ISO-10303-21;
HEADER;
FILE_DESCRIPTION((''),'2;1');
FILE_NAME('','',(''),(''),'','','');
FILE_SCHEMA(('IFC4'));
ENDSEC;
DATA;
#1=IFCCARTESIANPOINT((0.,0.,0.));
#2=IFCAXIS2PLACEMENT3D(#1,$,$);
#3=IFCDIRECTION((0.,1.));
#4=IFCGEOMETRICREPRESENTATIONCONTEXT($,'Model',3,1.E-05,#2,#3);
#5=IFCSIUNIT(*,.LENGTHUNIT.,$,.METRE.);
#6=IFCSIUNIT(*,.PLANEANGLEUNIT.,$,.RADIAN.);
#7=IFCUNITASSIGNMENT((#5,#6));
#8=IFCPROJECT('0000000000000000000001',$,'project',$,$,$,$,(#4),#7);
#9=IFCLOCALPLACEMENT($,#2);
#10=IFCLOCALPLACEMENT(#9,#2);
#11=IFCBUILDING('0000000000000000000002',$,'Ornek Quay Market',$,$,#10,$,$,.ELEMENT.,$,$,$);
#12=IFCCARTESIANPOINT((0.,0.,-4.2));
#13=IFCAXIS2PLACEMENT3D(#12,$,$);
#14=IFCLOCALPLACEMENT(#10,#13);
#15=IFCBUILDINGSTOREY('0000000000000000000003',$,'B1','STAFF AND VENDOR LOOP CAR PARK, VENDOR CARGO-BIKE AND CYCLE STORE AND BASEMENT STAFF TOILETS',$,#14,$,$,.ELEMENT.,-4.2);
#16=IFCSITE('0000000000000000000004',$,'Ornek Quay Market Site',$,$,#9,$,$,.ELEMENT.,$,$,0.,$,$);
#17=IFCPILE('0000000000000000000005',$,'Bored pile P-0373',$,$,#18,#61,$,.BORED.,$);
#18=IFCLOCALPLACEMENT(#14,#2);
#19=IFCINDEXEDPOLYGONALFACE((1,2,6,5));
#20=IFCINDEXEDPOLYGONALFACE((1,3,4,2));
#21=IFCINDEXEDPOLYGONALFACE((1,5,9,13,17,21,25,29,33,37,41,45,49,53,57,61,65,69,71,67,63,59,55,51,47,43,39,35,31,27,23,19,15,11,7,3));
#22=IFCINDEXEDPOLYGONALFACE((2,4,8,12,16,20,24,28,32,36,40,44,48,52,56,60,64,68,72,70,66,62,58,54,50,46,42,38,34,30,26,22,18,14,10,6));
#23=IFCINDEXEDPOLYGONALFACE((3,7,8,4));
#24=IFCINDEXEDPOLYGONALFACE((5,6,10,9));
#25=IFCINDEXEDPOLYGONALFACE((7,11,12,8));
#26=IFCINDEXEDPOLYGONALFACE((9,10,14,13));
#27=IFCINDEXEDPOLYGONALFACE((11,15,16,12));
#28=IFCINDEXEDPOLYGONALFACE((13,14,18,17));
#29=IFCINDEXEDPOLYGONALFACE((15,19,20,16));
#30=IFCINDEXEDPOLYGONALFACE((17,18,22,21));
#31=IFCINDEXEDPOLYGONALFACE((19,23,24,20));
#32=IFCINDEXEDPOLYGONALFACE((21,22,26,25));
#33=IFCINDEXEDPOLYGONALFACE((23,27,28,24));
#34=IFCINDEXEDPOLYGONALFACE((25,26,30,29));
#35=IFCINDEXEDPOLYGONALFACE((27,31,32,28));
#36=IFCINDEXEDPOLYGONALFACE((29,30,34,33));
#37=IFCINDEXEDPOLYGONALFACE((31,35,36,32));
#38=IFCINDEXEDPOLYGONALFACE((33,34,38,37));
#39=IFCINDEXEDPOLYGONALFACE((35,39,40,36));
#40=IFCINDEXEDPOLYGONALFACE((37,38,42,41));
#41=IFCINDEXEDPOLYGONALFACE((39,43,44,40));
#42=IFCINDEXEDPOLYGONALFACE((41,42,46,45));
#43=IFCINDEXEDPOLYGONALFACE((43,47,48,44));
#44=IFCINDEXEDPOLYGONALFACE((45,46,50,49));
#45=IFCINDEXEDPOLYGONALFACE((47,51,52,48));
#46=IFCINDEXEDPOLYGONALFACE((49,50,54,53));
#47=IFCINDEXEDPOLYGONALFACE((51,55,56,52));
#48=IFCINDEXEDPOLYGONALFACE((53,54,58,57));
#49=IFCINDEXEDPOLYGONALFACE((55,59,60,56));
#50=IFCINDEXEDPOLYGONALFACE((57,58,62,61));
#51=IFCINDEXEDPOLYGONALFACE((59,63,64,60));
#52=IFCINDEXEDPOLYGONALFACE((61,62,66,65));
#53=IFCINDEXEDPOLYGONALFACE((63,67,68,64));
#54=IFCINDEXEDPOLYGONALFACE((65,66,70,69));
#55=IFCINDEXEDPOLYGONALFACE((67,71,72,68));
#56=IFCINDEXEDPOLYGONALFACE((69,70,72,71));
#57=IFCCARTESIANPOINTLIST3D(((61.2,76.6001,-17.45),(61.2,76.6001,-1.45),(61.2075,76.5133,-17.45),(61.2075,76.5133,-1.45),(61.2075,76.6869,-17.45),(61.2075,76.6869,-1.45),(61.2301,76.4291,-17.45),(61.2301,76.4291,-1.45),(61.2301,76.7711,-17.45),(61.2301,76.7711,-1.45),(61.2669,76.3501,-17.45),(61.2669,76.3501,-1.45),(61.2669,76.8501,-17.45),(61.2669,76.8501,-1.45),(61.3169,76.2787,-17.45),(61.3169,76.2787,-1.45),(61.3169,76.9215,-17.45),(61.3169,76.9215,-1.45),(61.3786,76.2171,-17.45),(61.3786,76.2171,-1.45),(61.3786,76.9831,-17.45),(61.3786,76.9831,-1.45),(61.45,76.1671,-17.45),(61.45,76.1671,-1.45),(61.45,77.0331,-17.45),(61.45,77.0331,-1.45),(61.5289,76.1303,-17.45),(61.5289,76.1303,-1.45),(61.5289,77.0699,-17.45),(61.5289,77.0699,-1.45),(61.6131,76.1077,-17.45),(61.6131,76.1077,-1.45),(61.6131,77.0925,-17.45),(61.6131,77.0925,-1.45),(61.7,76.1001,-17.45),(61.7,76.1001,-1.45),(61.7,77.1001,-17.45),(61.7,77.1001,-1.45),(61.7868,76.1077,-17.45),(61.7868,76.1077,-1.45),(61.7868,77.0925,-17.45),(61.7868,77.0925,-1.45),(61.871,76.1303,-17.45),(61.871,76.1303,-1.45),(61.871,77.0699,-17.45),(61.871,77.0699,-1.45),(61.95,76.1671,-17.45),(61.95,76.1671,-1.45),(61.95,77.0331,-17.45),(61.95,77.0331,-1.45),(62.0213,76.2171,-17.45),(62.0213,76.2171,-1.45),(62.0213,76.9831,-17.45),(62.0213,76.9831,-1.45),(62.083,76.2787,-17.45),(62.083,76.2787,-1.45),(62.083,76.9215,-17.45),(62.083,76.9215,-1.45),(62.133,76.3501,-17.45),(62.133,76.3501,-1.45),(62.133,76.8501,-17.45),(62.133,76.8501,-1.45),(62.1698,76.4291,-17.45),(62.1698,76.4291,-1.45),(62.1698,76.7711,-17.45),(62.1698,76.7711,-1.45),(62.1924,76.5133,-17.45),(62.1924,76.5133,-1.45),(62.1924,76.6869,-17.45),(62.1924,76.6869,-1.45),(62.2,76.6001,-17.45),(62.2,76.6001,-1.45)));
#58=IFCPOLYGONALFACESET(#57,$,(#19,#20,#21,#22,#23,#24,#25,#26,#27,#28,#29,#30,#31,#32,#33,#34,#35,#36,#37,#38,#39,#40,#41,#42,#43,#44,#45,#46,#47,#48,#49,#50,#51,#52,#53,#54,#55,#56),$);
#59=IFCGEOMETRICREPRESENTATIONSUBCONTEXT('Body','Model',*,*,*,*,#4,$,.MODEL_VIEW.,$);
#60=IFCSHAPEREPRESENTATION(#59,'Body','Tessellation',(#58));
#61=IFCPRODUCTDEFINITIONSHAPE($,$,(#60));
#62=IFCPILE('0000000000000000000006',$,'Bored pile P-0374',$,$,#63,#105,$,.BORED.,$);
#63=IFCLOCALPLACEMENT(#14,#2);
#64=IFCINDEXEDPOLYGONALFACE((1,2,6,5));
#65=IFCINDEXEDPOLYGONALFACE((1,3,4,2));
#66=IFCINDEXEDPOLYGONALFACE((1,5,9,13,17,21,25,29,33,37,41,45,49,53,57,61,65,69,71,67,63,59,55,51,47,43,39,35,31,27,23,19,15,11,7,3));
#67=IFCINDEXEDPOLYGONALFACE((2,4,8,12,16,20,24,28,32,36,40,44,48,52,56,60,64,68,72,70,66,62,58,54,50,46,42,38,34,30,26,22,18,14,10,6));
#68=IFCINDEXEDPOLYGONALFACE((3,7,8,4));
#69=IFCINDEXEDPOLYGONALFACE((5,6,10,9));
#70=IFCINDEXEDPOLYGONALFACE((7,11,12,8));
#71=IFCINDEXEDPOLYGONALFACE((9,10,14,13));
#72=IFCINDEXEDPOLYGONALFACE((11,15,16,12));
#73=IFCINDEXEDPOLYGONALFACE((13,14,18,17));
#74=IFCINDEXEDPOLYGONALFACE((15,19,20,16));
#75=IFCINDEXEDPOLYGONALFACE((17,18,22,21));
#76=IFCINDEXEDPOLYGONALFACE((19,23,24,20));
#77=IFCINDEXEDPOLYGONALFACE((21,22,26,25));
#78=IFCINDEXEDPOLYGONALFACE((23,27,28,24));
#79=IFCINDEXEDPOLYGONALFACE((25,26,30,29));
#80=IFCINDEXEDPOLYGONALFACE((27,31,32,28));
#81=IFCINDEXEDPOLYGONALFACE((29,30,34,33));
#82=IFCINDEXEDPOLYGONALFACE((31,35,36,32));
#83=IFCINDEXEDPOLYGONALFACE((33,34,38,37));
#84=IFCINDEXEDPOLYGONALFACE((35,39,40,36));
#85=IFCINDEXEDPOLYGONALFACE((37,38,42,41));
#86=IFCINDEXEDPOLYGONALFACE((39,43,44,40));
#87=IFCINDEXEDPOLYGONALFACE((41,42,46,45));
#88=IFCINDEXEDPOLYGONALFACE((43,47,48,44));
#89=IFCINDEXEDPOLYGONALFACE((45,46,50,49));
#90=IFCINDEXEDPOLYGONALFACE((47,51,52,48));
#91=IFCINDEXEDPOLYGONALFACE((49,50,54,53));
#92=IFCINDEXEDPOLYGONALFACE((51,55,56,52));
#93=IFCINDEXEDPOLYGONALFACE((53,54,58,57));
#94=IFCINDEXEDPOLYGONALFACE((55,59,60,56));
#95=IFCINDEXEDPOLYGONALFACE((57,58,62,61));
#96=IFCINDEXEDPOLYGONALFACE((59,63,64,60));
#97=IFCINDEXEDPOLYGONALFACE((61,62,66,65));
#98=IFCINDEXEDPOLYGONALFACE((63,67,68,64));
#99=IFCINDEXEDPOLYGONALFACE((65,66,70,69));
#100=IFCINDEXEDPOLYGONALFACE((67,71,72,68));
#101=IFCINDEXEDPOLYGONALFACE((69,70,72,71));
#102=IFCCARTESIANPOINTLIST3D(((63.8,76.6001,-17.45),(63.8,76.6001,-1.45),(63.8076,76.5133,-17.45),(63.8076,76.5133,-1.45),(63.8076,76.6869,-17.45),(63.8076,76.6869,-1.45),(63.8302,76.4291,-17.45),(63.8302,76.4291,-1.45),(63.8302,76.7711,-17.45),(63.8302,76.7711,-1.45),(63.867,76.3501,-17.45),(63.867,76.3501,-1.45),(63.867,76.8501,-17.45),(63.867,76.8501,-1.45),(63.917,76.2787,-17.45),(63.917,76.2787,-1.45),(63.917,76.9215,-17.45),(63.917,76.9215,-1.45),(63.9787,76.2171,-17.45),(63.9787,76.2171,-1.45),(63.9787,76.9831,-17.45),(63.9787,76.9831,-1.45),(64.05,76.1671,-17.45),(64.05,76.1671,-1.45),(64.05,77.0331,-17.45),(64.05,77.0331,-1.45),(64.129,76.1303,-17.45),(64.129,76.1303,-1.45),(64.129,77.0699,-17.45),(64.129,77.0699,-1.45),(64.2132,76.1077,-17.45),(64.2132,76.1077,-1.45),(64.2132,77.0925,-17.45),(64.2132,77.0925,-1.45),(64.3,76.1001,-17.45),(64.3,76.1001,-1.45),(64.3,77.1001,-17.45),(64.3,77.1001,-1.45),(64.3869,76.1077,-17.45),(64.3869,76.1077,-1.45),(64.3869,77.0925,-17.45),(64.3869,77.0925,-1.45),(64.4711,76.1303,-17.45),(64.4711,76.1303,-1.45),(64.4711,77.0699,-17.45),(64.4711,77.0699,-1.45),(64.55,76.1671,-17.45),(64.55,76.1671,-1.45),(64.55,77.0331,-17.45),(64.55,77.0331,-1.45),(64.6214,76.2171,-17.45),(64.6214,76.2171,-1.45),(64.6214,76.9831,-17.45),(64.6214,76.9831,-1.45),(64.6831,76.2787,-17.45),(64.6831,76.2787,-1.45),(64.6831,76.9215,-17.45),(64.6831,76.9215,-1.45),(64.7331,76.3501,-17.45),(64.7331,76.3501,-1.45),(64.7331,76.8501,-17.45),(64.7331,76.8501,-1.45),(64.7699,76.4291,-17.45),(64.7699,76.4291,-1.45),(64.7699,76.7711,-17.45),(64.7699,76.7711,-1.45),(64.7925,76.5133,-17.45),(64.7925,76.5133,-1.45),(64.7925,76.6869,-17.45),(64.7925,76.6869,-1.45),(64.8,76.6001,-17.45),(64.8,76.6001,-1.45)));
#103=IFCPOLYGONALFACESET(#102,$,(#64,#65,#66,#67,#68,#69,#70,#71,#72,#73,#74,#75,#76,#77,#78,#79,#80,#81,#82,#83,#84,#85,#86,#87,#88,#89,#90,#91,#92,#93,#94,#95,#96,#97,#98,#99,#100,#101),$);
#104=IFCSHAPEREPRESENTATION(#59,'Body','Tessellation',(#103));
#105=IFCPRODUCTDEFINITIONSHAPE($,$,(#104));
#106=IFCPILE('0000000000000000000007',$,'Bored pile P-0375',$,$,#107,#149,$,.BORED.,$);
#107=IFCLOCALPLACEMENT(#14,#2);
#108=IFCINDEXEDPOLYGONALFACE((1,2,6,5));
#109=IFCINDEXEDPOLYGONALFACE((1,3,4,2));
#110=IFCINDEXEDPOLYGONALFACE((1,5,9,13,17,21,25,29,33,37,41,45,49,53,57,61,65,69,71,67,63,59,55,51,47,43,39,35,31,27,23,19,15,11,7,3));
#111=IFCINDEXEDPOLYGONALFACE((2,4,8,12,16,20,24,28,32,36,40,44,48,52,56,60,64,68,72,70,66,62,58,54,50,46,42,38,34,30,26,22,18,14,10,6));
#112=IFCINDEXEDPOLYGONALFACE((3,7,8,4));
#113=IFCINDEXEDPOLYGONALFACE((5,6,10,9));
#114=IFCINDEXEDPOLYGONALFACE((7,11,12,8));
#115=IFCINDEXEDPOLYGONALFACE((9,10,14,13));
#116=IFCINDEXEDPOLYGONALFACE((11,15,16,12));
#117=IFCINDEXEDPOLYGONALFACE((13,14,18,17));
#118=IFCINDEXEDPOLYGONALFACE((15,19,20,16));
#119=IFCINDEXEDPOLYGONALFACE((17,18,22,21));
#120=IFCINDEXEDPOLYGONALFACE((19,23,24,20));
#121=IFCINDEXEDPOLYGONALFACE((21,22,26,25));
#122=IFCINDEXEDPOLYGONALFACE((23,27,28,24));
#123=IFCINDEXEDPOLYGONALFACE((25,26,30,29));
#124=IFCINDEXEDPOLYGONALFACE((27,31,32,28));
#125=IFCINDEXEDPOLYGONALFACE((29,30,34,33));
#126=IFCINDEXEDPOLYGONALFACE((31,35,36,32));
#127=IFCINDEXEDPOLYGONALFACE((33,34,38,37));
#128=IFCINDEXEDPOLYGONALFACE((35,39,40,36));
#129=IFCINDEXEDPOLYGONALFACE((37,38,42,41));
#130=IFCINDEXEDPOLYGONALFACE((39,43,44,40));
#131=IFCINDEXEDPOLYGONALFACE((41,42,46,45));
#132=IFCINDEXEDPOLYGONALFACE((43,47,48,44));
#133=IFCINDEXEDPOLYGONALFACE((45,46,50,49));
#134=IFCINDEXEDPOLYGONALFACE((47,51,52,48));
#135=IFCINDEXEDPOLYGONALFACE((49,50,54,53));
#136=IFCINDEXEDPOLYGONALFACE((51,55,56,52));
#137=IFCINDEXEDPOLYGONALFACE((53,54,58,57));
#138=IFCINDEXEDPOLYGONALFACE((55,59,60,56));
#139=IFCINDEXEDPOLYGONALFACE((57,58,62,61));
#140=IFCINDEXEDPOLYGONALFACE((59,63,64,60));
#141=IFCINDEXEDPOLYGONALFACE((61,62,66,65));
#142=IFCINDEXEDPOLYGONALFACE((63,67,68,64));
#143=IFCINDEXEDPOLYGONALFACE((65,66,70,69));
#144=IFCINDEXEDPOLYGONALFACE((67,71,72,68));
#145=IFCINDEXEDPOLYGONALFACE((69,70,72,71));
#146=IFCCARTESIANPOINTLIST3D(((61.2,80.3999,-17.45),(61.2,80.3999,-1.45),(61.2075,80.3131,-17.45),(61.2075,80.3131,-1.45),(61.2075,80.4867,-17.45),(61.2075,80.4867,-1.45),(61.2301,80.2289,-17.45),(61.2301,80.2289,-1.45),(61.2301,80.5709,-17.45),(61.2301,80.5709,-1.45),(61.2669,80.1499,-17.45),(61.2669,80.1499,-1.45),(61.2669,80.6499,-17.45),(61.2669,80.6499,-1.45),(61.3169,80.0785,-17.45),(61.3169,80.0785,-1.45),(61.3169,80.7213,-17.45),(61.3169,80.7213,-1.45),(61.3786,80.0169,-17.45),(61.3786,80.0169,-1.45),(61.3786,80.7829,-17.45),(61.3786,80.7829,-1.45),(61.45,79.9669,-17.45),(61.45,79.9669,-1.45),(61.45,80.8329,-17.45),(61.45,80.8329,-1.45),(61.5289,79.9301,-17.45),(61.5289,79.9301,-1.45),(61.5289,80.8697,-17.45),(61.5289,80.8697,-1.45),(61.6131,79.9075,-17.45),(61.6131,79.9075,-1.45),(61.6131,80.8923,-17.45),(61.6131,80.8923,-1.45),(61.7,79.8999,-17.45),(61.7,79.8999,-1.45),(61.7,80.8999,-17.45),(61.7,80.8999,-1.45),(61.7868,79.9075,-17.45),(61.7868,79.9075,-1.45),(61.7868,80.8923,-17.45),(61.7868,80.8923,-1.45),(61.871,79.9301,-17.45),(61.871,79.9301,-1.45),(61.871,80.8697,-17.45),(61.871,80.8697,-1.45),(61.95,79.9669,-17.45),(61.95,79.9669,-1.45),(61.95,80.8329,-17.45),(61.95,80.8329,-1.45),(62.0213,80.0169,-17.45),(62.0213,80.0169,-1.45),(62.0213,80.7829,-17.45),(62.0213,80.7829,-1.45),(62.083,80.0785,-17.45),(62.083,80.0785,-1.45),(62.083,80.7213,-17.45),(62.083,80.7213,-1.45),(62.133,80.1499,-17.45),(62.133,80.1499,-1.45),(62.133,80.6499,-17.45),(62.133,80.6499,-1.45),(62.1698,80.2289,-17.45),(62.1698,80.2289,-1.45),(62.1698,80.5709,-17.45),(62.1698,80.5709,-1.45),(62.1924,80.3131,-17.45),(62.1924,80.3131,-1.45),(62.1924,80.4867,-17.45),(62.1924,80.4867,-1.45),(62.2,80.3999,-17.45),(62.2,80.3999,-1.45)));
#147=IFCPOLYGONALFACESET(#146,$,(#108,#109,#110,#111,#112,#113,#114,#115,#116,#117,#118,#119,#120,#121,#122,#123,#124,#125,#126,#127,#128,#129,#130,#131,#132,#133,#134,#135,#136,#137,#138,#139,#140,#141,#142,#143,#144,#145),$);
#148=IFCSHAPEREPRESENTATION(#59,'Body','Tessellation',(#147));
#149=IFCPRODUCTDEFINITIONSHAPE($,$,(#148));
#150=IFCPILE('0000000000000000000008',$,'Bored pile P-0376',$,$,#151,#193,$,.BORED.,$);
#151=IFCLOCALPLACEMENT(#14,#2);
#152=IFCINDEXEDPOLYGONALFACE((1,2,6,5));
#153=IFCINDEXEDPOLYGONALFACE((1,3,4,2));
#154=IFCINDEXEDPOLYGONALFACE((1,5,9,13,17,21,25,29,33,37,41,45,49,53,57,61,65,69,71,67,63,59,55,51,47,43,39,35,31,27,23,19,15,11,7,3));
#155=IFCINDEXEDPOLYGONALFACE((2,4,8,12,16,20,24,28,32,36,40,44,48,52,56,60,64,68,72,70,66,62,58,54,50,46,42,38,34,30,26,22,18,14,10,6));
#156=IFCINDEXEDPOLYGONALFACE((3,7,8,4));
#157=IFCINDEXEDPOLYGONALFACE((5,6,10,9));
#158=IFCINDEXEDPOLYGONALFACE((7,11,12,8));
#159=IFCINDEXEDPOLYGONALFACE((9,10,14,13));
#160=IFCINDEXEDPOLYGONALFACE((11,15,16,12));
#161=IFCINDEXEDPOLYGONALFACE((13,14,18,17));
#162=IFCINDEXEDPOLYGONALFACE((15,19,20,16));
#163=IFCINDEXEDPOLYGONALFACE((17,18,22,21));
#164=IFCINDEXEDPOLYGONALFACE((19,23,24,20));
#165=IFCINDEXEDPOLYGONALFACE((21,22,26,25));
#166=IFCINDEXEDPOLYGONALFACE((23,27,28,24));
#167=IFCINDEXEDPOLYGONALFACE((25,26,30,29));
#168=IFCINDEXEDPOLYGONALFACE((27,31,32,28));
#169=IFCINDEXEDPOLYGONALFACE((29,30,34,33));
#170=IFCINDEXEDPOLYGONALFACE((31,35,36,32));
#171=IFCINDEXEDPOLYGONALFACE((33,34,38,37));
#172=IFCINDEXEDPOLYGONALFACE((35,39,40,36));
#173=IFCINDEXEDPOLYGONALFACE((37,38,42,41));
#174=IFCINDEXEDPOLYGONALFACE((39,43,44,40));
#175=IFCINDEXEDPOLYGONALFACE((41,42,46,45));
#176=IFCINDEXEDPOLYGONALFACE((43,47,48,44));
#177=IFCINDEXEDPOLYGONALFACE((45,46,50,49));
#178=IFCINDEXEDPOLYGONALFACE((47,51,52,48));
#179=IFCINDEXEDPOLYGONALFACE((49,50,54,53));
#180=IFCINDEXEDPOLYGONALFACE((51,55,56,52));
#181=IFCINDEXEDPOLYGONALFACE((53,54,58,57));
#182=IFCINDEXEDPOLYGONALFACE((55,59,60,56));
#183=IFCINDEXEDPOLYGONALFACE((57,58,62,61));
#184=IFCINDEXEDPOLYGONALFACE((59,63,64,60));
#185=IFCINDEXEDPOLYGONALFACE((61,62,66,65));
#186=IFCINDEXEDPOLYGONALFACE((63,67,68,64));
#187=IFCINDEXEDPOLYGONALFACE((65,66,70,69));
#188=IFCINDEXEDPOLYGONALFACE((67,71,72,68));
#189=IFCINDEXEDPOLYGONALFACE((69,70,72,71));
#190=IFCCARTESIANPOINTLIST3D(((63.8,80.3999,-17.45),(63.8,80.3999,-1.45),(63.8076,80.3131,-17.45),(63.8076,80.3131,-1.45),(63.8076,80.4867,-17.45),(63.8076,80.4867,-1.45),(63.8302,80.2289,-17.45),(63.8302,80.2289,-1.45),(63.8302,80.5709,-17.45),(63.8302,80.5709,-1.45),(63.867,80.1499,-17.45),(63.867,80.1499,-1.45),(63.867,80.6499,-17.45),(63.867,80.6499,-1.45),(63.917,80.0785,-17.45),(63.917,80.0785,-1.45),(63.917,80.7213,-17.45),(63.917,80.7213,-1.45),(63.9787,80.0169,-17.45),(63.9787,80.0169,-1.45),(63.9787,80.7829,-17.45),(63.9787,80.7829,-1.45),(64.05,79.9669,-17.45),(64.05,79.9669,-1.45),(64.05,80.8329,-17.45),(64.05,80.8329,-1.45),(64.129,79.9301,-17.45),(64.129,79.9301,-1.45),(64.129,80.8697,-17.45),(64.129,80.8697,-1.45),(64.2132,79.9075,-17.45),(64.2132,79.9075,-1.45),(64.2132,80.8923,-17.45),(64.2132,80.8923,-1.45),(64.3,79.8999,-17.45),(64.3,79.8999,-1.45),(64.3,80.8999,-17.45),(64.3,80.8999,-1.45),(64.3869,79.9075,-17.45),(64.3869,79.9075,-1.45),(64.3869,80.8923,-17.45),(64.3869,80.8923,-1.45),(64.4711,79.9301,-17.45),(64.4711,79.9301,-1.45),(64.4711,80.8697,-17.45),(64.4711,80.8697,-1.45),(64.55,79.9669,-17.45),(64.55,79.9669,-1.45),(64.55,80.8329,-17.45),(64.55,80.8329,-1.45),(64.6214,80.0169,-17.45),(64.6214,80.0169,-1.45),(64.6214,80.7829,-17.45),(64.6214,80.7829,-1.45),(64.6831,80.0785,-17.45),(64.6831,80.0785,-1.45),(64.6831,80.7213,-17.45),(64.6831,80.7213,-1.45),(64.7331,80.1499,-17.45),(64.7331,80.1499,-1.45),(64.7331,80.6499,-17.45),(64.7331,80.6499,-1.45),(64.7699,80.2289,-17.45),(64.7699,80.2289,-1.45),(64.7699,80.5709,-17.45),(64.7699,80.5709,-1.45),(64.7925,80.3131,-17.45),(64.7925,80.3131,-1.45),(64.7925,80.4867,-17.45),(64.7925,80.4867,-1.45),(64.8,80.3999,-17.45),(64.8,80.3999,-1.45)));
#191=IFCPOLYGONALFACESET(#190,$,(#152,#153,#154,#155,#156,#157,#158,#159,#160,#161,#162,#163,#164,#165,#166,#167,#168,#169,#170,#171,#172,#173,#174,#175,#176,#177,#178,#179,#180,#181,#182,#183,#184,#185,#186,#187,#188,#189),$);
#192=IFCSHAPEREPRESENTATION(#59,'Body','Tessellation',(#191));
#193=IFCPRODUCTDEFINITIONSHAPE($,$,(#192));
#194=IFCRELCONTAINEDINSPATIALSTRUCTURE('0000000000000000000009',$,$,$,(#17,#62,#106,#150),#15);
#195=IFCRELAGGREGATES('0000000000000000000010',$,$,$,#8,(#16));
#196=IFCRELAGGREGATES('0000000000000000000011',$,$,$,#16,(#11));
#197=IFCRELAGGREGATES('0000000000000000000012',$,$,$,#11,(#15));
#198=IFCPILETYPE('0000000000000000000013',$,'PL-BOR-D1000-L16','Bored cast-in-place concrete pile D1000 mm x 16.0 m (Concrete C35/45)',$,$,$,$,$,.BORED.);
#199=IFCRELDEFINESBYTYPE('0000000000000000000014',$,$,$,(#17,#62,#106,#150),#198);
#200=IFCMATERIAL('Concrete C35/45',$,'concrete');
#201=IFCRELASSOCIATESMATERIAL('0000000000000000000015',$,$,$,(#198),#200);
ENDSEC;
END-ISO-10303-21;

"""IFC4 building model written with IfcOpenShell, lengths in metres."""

from ifc_helpers import new_model, si_unit, direction, frame, origin, origin_2d, place, context, subcontext, project, spatial, circle, extrude, material, material_profile, profile_set, type_object, element, save


model = new_model("IFC4")

# Units and contexts
model_context = context("Model", 3, precision=1e-05, world=origin(), true_north=direction((0.0, 1.0)))
body_context = subcontext(model_context, "Body", "Model", "MODEL_VIEW")
ifc_project = project(units=[si_unit("LENGTHUNIT", "METRE"), si_unit("PLANEANGLEUNIT", "RADIAN")], contexts=[model_context])

# Site, building, storey
site_placement = place(None, origin())
site = spatial("IfcSite", under=ifc_project, at=site_placement, Name="Ornek Quay Market Site", CompositionType="ELEMENT", RefElevation=0.0)
building_placement = place(site_placement, origin())
building = spatial("IfcBuilding", under=site, at=building_placement, Name="Ornek Quay Market", CompositionType="ELEMENT")
storey_placement = place(building_placement, frame((0.0, 0.0, -4.2)))
storey = spatial("IfcBuildingStorey", under=building, at=storey_placement, Name="B1", Description="STAFF AND VENDOR LOOP CAR PARK, VENDOR CARGO-BIKE AND CYCLE STORE AND BASEMENT STAFF TOILETS", CompositionType="ELEMENT", Elevation=-4.2)

# Piles
ifc_material_1 = material(Name="Concrete C35/45", Category="concrete")
ifc_material_profile_1 = material_profile(ifc_material_1, circle(Radius=0.5, at=origin_2d()), Name="PILE D1000", Category="concrete")
ifc_profile_set_1 = profile_set([ifc_material_profile_1], Name="Concrete C35/45")
pile_type_1 = type_object("IfcPileType", Name="PL-BOR-D1000-L16", Description="Bored cast-in-place concrete pile D1000 mm x 16.0 m (Concrete C35/45)", PredefinedType="BORED", material=ifc_profile_set_1)
for number, where, z_axis, x_axis, name in (
    (1, (61.7, 76.6001, -1.45), (0.0, 0.0, -1.0), (1.0, 0.0, 0.0), "Bored pile P-0373"),
    (2, (64.3, 76.6001, -1.45), (0.0, 0.0, -1.0), (1.0, 0.0, 0.0), "Bored pile P-0374"),
    (3, (61.7, 80.3999, -1.45), (0.0, 0.0, -1.0), (1.0, 0.0, 0.0), "Bored pile P-0375"),
    (4, (64.3, 80.3999, -1.45), (0.0, 0.0, -1.0), (1.0, 0.0, 0.0), "Bored pile P-0376"),
):
    element("IfcPile", number, at=place(storey_placement, frame(where, z_axis=z_axis, x_axis=x_axis)), inside=storey, type_object=pile_type_1, Name=name, PredefinedType="BORED", context=body_context, shape_type="SweptSolid", body=[
        extrude(circle(Radius=0.5, at=origin_2d()), origin(), (0.0, 0.0, 1.0), 16.0),
    ])

save(model, "model.ifc")
